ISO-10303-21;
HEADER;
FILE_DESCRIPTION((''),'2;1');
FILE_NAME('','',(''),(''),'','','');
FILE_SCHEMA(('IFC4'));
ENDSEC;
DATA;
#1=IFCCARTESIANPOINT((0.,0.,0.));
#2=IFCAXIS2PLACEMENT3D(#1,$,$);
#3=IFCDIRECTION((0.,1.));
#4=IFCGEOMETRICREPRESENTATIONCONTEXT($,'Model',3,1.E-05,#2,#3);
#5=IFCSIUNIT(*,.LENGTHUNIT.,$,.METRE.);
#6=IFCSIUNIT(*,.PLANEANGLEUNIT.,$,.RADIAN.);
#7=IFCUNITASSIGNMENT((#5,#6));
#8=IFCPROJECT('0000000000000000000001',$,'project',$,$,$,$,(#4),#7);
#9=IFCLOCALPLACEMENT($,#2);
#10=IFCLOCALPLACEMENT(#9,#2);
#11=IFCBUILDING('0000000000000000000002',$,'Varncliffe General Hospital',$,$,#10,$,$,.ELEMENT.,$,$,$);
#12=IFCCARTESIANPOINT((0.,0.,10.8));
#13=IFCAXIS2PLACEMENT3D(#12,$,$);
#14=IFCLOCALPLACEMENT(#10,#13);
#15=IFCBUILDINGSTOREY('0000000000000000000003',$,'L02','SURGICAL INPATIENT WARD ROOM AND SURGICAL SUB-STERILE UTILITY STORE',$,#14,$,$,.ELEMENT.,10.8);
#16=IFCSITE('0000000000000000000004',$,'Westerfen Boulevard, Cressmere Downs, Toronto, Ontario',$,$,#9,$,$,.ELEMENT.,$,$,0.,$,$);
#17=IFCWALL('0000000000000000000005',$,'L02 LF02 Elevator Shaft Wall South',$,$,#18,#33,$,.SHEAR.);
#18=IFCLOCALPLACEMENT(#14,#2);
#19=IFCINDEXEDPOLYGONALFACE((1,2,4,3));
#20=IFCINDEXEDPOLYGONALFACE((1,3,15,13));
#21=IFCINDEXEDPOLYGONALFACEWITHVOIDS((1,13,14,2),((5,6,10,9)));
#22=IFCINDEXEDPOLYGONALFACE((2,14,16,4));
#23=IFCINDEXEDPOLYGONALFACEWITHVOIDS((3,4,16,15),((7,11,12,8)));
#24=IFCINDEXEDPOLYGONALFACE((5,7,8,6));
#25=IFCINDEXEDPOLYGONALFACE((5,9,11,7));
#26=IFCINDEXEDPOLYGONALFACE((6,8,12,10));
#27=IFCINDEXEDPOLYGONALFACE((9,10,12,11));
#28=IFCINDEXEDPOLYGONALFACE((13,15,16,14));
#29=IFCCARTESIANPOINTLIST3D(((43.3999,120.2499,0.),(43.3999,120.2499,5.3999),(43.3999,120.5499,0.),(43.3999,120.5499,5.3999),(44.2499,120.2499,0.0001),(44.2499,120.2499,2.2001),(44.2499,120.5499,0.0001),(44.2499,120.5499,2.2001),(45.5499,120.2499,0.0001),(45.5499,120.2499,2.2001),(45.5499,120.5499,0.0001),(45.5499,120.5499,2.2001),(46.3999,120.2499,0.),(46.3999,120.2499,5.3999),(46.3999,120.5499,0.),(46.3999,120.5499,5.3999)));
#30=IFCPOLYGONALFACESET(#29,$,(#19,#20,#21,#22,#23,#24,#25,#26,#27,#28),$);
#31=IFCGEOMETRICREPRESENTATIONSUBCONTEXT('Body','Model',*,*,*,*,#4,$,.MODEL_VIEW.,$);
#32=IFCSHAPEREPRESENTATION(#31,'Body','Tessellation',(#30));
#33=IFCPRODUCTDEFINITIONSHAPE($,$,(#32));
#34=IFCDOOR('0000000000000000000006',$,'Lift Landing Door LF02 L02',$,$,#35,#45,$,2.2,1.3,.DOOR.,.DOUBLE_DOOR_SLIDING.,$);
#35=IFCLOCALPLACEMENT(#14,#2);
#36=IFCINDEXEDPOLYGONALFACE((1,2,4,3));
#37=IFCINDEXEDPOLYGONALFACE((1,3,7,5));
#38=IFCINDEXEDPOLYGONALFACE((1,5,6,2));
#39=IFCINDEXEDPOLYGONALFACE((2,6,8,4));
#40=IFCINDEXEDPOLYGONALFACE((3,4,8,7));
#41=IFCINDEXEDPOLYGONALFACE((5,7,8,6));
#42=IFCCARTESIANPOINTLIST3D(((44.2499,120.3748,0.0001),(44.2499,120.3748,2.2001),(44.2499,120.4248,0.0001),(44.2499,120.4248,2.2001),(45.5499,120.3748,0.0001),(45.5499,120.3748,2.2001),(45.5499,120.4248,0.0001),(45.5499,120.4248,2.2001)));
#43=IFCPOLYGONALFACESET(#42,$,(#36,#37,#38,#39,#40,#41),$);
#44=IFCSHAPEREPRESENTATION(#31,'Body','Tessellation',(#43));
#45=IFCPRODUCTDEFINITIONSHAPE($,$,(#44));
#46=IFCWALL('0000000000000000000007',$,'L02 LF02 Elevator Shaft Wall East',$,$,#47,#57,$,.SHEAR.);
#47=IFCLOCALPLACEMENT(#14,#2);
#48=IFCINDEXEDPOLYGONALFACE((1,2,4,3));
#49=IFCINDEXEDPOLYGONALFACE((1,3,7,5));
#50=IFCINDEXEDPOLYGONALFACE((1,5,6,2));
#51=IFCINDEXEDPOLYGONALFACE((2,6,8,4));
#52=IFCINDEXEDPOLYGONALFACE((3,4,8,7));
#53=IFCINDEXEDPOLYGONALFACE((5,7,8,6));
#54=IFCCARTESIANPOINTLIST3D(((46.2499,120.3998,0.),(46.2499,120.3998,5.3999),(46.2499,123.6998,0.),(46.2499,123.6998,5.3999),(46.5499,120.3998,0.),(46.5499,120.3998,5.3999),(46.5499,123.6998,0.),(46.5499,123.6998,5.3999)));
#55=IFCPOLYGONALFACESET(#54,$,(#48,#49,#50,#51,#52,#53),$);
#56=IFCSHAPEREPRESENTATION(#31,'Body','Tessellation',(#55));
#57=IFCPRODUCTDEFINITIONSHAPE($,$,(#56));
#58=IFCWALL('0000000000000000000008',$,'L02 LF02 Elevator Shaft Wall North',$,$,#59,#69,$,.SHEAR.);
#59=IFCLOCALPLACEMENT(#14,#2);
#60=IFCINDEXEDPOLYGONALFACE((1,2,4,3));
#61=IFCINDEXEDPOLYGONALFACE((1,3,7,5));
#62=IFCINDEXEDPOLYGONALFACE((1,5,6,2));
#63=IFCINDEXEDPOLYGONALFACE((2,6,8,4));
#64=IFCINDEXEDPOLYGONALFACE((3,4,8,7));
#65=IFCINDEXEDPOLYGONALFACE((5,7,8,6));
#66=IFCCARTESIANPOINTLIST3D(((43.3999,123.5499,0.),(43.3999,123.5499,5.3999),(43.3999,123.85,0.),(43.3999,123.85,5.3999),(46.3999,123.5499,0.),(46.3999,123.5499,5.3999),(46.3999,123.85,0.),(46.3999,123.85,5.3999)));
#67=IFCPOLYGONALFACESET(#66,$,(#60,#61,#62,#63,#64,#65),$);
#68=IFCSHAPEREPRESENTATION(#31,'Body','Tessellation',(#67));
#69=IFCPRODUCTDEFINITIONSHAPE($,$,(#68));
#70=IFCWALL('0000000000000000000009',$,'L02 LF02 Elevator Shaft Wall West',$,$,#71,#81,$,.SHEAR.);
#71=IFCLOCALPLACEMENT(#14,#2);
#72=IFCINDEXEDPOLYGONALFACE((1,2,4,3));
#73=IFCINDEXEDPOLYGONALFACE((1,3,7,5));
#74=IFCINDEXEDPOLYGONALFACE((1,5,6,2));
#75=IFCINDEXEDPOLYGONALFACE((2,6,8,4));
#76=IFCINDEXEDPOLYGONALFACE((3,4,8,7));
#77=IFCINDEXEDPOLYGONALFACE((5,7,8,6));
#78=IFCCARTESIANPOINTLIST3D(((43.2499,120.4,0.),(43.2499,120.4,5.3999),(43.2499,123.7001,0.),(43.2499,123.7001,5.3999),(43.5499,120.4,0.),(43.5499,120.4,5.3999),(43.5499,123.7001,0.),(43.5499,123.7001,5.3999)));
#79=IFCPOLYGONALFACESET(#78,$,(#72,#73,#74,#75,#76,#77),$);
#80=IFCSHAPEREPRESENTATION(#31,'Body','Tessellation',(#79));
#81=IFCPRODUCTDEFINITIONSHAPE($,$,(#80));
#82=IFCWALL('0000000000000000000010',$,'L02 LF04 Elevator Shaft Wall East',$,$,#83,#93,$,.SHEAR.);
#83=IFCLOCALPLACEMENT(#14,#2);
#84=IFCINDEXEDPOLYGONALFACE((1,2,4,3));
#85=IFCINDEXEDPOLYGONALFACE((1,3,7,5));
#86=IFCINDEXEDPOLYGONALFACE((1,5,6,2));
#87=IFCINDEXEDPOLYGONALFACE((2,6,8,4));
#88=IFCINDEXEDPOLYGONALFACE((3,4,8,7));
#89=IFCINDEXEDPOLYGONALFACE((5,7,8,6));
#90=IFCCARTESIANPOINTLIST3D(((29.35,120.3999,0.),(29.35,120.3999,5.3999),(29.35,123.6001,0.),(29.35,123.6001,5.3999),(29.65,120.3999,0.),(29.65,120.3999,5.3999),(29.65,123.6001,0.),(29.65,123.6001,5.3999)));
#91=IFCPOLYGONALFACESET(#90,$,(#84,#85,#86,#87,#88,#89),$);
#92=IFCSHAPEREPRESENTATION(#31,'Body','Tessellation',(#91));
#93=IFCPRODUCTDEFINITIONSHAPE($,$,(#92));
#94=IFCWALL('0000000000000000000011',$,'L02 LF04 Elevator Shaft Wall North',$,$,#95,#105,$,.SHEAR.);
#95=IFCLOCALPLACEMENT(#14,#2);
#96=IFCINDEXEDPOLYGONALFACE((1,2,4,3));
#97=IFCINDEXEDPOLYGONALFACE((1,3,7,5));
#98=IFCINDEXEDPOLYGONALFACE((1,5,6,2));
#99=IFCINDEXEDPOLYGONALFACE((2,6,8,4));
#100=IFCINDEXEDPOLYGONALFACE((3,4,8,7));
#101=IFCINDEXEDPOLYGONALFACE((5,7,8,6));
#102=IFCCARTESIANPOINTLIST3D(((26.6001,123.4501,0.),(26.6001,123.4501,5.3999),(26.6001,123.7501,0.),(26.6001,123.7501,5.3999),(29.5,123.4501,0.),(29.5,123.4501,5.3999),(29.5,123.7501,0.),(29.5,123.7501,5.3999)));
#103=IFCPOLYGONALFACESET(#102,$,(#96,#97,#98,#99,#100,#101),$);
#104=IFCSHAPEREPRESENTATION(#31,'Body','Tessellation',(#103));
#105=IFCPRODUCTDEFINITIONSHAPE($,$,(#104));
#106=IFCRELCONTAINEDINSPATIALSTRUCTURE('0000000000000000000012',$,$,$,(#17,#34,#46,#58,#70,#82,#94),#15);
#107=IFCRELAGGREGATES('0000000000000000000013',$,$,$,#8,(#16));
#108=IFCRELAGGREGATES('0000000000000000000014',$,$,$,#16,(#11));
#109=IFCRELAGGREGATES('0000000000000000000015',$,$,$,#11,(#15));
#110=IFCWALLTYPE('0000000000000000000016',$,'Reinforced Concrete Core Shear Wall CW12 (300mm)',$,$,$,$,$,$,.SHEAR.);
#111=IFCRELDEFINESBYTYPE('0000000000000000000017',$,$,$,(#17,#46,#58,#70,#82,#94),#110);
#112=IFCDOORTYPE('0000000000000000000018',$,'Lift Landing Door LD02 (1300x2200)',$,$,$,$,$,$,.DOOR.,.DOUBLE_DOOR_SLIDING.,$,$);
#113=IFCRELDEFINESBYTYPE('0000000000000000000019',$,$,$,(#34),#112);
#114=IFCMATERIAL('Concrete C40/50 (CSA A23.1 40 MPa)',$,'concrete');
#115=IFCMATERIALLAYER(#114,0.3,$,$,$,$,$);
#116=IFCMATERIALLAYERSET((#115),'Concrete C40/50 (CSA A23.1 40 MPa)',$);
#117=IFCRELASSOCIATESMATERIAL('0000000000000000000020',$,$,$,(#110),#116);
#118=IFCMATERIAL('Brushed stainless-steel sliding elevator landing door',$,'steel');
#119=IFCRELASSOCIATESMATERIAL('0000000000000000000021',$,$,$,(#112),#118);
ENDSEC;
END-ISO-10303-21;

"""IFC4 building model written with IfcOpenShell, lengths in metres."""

from ifc_helpers import new_model, si_unit, direction, frame, frame_2d, origin, place, context, subcontext, project, spatial, rectangle, extrude, material, layer, layer_set, type_object, element, fill, save


model = new_model("IFC4")

# Units and contexts
model_context = context("Model", 3, precision=1e-05, world=origin(), true_north=direction((0.0, 1.0)))
body_context = subcontext(model_context, "Body", "Model", "MODEL_VIEW")
ifc_project = project(units=[si_unit("LENGTHUNIT", "METRE"), si_unit("PLANEANGLEUNIT", "RADIAN")], contexts=[model_context])

# Site, building, storey
site_placement = place(None, origin())
site = spatial("IfcSite", under=ifc_project, at=site_placement, Name="Westerfen Boulevard, Cressmere Downs, Toronto, Ontario", CompositionType="ELEMENT", RefElevation=0.0)
building_placement = place(site_placement, origin())
building = spatial("IfcBuilding", under=site, at=building_placement, Name="Varncliffe General Hospital", CompositionType="ELEMENT")
storey_placement = place(building_placement, frame((0.0, 0.0, 10.8)))
storey = spatial("IfcBuildingStorey", under=building, at=storey_placement, Name="L02", Description="SURGICAL INPATIENT WARD ROOM AND SURGICAL SUB-STERILE UTILITY STORE", CompositionType="ELEMENT", Elevation=10.8)

# Shared definitions
ifc_material_1 = material(Name="Concrete C40/50 (CSA A23.1 40 MPa)", Category="concrete")

# Wall, opening, door
ifc_layer_1 = layer(ifc_material_1, 0.3)
ifc_layer_set_1 = layer_set([ifc_layer_1], Name="Concrete C40/50 (CSA A23.1 40 MPa)")
wall_type_1 = type_object("IfcWallType", Name="Reinforced Concrete Core Shear Wall CW12 (300mm)", PredefinedType="SHEAR", material=ifc_layer_set_1)
wall_1_placement = place(storey_placement, frame((43.3999, 120.3999, 0.0), z_axis=(0.0, 0.0, 1.0), x_axis=(1.0, 0.0, 0.0)))
wall_1 = element("IfcWall", 1, at=wall_1_placement, inside=storey, type_object=wall_type_1, Name="L02 LF02 Elevator Shaft Wall South", PredefinedType="SHEAR", context=body_context, shape_type="SweptSolid", body=[
    extrude(rectangle(XDim=3.0, YDim=0.3, at=frame_2d((1.5, 0.0))), origin(), (0.0, 0.0, 1.0), 5.3999),
])
opening_1_placement = place(wall_1_placement, frame((0.8501, 0.0, 0.0)))
opening_1 = element("IfcOpeningElement", 2, at=opening_1_placement, cuts=wall_1, PredefinedType="OPENING", context=body_context, shape_type="SweptSolid", body=[
    extrude(rectangle(XDim=1.3, YDim=2.2, at=frame_2d((0.6499, 1.1001))), frame((0.0, 0.1602, 0.0), z_axis=(0.0, -1.0, 0.0), x_axis=(1.0, 0.0, 0.0)), (0.0, 0.0, 1.0), 0.3201),
])
ifc_material_2 = material(Name="Brushed stainless-steel sliding elevator landing door", Category="steel")
door_type_1 = type_object("IfcDoorType", Name="Lift Landing Door LD02 (1300x2200)", OperationType="DOUBLE_DOOR_SLIDING", PredefinedType="DOOR", material=ifc_material_2)
door_1_placement = place(opening_1_placement, origin())
door_1 = element("IfcDoor", 3, at=door_1_placement, inside=storey, type_object=door_type_1, Name="Lift Landing Door LF02 L02", OperationType="DOUBLE_DOOR_SLIDING", OverallHeight=2.2, OverallWidth=1.3, PredefinedType="DOOR", context=body_context, shape_type="SweptSolid", body=[
    extrude(rectangle(XDim=1.3, YDim=2.2, at=frame_2d((0.6499, 1.1001))), frame((0.0, 0.0249, 0.0), z_axis=(0.0, -1.0, 0.0), x_axis=(1.0, 0.0, 0.0)), (0.0, 0.0, 1.0), 0.05),
])
fill(opening_1, door_1)

# Walls
wall_2_placement = place(storey_placement, frame((46.3999, 120.3999, 0.0), z_axis=(0.0, 0.0, 1.0), x_axis=(0.0, 1.0, 0.0)))
element("IfcWall", 4, at=wall_2_placement, inside=storey, type_object=wall_type_1, Name="L02 LF02 Elevator Shaft Wall East", PredefinedType="SHEAR", context=body_context, shape_type="SweptSolid", body=[
    extrude(rectangle(XDim=3.3, YDim=0.3, at=frame_2d((1.6499, 0.0))), origin(), (0.0, 0.0, 1.0), 5.3999),
])
wall_3_placement = place(storey_placement, frame((46.3999, 123.7, 0.0), z_axis=(0.0, 0.0, 1.0), x_axis=(-1.0, 0.0, 0.0)))
element("IfcWall", 5, at=wall_3_placement, inside=storey, type_object=wall_type_1, Name="L02 LF02 Elevator Shaft Wall North", PredefinedType="SHEAR", context=body_context, shape_type="SweptSolid", body=[
    extrude(rectangle(XDim=3.0, YDim=0.3, at=frame_2d((1.5, 0.0))), origin(), (0.0, 0.0, 1.0), 5.3999),
])
wall_4_placement = place(storey_placement, frame((43.3999, 123.7, 0.0), z_axis=(0.0, 0.0, 1.0), x_axis=(0.0, -1.0, 0.0)))
element("IfcWall", 6, at=wall_4_placement, inside=storey, type_object=wall_type_1, Name="L02 LF02 Elevator Shaft Wall West", PredefinedType="SHEAR", context=body_context, shape_type="SweptSolid", body=[
    extrude(rectangle(XDim=3.3, YDim=0.3, at=frame_2d((1.6499, 0.0))), origin(), (0.0, 0.0, 1.0), 5.3999),
])
wall_5_placement = place(storey_placement, frame((29.5, 120.3999, 0.0), z_axis=(0.0, 0.0, 1.0), x_axis=(0.0, 1.0, 0.0)))
element("IfcWall", 7, at=wall_5_placement, inside=storey, type_object=wall_type_1, Name="L02 LF04 Elevator Shaft Wall East", PredefinedType="SHEAR", context=body_context, shape_type="SweptSolid", body=[
    extrude(rectangle(XDim=3.2002, YDim=0.3, at=frame_2d((1.6001, 0.0))), origin(), (0.0, 0.0, 1.0), 5.3999),
])
wall_6_placement = place(storey_placement, frame((29.5, 123.6001, 0.0), z_axis=(0.0, 0.0, 1.0), x_axis=(-1.0, 0.0, 0.0)))
element("IfcWall", 8, at=wall_6_placement, inside=storey, type_object=wall_type_1, Name="L02 LF04 Elevator Shaft Wall North", PredefinedType="SHEAR", context=body_context, shape_type="SweptSolid", body=[
    extrude(rectangle(XDim=2.8999, YDim=0.3, at=frame_2d((1.45, 0.0))), origin(), (0.0, 0.0, 1.0), 5.3999),
])

save(model, "model.ifc")
